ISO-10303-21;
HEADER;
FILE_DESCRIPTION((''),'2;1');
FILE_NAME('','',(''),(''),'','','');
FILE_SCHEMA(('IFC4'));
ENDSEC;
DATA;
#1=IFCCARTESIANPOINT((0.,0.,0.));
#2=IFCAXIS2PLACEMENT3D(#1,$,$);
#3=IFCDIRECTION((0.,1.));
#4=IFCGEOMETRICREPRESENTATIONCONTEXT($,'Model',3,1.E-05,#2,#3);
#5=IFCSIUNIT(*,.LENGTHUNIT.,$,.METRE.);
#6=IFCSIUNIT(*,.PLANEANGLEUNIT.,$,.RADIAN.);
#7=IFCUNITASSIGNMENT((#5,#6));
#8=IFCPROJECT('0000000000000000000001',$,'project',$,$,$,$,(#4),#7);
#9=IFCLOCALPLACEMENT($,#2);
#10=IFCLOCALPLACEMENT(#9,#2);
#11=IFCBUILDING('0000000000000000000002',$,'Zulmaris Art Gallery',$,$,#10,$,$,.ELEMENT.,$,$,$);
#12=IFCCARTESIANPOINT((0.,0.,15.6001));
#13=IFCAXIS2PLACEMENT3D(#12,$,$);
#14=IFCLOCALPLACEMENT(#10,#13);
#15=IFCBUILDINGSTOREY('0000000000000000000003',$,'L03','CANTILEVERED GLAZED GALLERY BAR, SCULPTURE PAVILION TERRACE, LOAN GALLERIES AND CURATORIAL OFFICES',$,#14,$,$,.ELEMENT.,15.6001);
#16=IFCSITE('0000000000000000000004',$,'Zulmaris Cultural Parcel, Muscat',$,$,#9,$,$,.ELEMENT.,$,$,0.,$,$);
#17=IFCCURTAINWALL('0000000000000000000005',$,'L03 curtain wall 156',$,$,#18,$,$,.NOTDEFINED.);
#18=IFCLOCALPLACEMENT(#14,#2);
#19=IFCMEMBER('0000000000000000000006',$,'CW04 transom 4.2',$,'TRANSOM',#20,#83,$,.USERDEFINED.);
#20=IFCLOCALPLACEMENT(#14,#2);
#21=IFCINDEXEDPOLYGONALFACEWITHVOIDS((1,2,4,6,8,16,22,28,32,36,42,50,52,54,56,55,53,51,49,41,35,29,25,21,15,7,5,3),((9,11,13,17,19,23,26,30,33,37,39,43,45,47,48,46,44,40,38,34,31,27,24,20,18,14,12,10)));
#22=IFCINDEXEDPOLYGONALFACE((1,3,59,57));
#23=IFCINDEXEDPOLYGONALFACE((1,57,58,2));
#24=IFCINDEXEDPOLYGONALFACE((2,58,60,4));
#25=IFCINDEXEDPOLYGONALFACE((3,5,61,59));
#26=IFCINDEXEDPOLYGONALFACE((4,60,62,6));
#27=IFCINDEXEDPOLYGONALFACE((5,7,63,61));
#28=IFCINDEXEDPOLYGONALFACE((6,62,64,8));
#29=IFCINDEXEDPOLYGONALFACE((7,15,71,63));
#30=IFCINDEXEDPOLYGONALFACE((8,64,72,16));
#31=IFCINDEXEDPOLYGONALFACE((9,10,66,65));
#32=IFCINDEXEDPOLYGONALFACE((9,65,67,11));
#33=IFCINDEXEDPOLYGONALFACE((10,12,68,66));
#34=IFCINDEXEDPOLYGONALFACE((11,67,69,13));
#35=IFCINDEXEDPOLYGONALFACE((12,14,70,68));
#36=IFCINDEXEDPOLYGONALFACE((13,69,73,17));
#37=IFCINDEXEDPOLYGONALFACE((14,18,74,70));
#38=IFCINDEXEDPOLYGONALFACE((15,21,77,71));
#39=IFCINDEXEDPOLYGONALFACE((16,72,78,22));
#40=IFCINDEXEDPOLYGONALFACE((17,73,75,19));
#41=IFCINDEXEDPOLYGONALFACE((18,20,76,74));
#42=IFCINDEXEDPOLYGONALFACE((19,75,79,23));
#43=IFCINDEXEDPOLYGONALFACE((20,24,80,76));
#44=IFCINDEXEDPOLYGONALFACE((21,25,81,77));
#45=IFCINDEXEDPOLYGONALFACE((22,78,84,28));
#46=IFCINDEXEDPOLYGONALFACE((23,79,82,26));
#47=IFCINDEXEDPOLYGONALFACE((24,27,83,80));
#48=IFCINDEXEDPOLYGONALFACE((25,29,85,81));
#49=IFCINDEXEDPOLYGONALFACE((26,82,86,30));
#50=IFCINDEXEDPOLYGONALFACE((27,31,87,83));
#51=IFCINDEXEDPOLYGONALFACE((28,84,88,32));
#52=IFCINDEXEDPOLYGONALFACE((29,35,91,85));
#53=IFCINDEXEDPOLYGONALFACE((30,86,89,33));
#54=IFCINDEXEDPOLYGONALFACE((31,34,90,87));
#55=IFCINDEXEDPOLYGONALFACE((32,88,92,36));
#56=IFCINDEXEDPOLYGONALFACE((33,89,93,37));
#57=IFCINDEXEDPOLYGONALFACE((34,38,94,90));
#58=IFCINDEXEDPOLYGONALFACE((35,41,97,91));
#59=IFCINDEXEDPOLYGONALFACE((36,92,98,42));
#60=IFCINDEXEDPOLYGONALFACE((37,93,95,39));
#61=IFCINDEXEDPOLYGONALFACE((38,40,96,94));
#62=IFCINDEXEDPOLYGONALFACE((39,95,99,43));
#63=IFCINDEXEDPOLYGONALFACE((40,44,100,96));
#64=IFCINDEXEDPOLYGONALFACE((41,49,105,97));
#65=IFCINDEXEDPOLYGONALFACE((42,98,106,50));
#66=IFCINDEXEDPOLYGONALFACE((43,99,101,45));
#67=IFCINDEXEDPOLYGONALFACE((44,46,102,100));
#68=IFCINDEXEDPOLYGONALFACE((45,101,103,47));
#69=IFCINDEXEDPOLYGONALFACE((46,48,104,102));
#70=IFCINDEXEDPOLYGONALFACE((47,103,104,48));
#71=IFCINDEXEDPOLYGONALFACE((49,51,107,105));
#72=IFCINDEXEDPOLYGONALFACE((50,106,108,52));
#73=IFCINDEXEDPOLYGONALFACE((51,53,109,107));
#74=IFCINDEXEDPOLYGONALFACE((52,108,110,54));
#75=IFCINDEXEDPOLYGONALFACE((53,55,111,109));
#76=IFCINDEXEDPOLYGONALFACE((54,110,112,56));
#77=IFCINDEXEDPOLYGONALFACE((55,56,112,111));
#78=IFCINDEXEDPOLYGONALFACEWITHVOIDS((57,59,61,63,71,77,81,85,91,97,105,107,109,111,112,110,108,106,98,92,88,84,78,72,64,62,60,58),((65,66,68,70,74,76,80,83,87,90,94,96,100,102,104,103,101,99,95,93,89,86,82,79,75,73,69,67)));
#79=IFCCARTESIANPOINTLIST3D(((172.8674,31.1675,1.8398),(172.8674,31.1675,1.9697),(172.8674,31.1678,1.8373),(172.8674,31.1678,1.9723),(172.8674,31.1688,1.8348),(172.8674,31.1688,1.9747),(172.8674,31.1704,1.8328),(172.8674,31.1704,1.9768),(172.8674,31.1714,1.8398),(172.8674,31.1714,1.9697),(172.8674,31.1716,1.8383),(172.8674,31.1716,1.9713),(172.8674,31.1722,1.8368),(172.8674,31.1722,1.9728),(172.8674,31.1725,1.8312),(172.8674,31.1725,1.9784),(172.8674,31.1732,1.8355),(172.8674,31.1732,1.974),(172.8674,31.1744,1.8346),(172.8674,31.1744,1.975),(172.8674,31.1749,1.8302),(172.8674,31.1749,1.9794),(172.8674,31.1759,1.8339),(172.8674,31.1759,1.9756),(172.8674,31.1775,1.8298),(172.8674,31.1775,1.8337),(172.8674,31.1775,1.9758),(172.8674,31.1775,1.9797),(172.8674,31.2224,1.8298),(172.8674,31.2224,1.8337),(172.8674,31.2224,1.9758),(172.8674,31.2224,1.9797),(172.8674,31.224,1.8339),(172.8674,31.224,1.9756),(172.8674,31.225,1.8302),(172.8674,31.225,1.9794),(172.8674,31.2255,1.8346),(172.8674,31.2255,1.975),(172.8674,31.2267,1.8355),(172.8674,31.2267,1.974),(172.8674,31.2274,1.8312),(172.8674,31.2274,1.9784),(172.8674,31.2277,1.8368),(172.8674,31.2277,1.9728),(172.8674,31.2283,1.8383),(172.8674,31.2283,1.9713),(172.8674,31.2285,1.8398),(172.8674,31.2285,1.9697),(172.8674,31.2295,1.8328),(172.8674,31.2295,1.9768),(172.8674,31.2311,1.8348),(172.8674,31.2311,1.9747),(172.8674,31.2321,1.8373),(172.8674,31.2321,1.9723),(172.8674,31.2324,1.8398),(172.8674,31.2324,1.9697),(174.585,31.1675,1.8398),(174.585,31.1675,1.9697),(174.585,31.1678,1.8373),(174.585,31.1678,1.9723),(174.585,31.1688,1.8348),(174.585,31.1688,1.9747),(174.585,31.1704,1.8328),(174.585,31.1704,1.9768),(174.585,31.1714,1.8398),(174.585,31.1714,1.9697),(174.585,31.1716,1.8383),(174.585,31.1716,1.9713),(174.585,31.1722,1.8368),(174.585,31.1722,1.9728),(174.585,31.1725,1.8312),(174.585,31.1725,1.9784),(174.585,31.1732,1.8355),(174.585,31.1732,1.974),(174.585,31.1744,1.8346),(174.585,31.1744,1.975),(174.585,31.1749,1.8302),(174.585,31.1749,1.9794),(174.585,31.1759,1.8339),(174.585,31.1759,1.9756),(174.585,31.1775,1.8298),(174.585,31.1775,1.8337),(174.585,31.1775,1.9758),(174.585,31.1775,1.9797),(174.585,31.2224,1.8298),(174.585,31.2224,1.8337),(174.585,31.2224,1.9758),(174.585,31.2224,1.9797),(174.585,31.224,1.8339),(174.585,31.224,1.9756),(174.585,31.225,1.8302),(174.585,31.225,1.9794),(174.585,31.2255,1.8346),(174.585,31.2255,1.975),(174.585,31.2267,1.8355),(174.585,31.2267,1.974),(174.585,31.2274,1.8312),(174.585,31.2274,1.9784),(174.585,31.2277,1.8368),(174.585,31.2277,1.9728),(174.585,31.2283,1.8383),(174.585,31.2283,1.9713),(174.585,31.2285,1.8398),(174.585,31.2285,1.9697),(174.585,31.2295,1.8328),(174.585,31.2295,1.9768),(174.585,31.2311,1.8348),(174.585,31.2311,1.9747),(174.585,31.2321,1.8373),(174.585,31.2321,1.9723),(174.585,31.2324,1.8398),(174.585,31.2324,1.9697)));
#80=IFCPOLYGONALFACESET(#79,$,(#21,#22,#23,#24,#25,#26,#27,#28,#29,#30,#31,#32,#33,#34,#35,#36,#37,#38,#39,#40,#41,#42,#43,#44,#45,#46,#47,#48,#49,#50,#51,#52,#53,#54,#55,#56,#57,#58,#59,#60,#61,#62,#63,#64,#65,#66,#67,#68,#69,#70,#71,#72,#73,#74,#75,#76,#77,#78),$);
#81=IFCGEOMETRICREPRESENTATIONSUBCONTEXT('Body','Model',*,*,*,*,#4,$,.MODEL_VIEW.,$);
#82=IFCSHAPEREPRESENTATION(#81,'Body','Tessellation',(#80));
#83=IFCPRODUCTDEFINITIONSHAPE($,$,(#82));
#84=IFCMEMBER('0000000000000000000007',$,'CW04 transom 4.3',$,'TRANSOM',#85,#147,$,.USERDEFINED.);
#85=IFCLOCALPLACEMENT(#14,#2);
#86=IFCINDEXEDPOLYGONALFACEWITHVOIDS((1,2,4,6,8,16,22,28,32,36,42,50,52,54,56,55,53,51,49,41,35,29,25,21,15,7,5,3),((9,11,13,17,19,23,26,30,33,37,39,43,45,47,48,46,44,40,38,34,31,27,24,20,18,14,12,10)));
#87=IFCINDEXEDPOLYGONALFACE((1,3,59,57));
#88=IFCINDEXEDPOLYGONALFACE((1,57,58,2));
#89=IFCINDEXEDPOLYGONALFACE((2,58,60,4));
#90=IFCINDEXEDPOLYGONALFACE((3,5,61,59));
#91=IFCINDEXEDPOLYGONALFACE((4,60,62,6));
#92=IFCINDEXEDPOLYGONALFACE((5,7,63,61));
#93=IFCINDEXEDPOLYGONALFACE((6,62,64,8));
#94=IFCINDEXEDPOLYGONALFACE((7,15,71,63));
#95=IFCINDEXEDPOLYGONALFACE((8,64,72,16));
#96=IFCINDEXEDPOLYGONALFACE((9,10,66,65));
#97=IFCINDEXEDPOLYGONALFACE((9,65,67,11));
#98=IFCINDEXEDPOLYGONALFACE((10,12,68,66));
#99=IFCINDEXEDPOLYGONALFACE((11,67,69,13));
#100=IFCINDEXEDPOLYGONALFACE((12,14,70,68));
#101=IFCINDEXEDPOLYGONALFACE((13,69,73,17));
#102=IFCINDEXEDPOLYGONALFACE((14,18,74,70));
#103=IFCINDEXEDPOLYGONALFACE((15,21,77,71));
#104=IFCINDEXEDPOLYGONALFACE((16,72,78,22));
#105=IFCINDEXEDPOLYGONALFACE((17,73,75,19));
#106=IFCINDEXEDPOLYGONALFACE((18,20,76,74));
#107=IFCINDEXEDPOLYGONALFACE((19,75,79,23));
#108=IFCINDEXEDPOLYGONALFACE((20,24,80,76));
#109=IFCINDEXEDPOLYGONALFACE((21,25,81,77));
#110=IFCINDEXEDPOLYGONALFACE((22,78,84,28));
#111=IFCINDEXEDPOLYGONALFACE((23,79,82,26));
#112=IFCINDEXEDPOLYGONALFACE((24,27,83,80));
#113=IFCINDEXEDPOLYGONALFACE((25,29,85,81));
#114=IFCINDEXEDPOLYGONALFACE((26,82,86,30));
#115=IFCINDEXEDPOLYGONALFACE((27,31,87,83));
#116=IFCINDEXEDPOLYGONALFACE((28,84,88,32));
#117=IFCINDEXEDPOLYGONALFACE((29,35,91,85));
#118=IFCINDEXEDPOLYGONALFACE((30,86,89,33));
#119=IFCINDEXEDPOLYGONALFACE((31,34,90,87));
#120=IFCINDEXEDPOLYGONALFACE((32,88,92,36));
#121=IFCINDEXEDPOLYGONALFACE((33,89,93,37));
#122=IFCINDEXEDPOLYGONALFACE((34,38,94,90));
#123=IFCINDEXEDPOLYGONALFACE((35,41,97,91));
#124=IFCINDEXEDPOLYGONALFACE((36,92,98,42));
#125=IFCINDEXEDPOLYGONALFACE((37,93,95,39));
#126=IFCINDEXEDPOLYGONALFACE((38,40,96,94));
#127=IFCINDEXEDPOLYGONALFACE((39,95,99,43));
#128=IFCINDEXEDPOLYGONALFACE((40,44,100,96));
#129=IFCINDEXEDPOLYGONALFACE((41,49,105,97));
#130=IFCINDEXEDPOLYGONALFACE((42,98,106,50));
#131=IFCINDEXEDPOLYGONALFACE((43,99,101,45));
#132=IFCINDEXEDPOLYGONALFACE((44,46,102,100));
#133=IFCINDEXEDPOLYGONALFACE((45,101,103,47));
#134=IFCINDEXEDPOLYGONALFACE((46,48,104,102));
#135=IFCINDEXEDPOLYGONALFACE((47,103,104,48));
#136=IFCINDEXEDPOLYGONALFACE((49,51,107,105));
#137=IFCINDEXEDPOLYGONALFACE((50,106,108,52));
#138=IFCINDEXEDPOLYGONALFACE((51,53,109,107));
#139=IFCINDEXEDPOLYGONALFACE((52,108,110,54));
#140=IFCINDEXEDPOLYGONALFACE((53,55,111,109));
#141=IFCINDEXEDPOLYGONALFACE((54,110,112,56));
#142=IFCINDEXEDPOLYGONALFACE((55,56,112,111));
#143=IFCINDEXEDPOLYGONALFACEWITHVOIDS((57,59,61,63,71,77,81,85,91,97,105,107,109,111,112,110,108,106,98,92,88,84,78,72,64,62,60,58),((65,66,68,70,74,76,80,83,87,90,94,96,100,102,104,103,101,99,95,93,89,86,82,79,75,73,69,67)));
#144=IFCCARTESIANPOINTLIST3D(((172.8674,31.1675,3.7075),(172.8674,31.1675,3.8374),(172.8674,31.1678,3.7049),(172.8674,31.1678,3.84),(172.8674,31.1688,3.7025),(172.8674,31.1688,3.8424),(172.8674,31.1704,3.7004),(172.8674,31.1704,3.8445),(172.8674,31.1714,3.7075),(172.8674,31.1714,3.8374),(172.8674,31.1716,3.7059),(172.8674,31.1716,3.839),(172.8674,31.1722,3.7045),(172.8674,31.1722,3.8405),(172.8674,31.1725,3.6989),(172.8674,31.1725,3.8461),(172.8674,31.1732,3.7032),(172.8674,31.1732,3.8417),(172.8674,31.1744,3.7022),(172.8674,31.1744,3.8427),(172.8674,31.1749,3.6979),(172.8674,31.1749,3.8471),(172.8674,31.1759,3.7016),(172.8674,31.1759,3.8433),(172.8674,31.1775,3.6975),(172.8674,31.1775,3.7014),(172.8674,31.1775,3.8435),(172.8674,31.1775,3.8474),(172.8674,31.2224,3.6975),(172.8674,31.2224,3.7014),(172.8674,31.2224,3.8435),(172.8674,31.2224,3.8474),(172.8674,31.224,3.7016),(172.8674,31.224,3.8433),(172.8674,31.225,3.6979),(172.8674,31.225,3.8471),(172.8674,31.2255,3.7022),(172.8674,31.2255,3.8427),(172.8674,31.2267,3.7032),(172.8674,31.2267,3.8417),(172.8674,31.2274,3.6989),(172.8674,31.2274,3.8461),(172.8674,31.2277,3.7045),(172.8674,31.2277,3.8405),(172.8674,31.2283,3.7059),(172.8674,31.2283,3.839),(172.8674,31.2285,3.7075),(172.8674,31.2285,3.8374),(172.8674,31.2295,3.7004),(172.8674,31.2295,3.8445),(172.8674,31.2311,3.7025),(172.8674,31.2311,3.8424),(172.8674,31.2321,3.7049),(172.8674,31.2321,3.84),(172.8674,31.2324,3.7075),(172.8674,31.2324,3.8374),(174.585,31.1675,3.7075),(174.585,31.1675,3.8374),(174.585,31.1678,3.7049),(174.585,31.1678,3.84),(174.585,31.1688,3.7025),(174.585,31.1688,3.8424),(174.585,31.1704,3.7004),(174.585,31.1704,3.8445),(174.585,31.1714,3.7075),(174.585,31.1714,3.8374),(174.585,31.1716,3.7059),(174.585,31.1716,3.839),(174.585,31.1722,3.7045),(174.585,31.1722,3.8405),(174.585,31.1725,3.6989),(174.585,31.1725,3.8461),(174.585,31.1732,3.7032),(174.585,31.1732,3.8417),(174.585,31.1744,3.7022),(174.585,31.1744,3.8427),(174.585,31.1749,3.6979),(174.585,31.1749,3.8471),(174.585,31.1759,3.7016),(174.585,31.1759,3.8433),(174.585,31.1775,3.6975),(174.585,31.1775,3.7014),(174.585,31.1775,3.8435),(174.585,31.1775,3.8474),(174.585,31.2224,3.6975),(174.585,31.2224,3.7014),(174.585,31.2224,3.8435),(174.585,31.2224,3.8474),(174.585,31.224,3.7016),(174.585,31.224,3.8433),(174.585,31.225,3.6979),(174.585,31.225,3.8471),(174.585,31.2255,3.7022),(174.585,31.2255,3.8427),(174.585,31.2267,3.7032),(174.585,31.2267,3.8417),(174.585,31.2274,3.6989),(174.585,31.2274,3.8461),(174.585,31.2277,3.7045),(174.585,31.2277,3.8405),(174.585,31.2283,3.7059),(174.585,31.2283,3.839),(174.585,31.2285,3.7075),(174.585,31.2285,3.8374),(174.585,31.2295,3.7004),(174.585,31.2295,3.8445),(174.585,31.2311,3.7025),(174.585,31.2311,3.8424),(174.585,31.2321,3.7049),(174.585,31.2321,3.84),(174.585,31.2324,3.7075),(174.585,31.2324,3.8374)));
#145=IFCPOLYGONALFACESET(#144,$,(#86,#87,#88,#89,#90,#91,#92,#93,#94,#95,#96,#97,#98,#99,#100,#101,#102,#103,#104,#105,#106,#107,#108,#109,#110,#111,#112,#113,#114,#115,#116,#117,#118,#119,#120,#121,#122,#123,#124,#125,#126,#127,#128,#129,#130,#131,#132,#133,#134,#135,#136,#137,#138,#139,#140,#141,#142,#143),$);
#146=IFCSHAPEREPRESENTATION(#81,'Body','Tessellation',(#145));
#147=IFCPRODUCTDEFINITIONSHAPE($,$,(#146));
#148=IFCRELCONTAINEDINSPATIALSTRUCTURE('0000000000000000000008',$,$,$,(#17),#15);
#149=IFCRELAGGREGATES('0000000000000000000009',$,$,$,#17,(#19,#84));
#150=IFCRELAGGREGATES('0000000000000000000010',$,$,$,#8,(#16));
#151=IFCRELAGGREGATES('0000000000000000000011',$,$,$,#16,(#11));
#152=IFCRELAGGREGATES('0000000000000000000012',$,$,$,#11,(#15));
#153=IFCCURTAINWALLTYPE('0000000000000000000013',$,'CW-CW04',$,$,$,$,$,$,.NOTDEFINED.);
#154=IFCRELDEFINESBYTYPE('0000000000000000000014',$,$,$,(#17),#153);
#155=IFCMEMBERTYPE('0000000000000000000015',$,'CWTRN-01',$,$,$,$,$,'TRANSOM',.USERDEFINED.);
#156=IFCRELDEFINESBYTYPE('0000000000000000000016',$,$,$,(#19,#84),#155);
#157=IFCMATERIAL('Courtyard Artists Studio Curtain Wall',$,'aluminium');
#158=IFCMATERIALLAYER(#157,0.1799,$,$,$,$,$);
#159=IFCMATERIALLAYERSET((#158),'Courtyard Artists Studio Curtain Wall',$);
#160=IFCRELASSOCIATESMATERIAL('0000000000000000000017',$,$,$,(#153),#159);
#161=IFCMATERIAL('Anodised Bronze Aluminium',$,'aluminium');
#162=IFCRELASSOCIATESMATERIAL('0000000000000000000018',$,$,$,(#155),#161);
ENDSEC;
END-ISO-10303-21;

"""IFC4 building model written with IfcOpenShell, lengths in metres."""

from ifc_helpers import new_model, si_unit, direction, frame, origin, origin_2d, place, context, subcontext, project, spatial, hollow_rectangle, extrude, material, layer, layer_set, material_profile, profile_set, type_object, element, aggregate, save


model = new_model("IFC4")

# Units and contexts
model_context = context("Model", 3, precision=1e-05, world=origin(), true_north=direction((0.0, 1.0)))
body_context = subcontext(model_context, "Body", "Model", "MODEL_VIEW")
ifc_project = project(units=[si_unit("LENGTHUNIT", "METRE"), si_unit("PLANEANGLEUNIT", "RADIAN")], contexts=[model_context])

# Site, building, storey
site_placement = place(None, origin())
site = spatial("IfcSite", under=ifc_project, at=site_placement, Name="Zulmaris Cultural Parcel, Muscat", CompositionType="ELEMENT", RefElevation=0.0)
building_placement = place(site_placement, origin())
building = spatial("IfcBuilding", under=site, at=building_placement, Name="Zulmaris Art Gallery", CompositionType="ELEMENT")
storey_placement = place(building_placement, frame((0.0, 0.0, 15.6001)))
storey = spatial("IfcBuildingStorey", under=building, at=storey_placement, Name="L03", Description="CANTILEVERED GLAZED GALLERY BAR, SCULPTURE PAVILION TERRACE, LOAN GALLERIES AND CURATORIAL OFFICES", CompositionType="ELEMENT", Elevation=15.6001)

# Shared definitions
ifc_material_1 = material(Name="Courtyard Artists Studio Curtain Wall", Category="aluminium")
ifc_layer_1 = layer(ifc_material_1, 0.1799)
ifc_layer_set_1 = layer_set([ifc_layer_1], Name="Courtyard Artists Studio Curtain Wall")
curtain_wall_type = type_object("IfcCurtainWallType", Name="CW-CW04", PredefinedType="NOTDEFINED", material=ifc_layer_set_1)
ifc_material_2 = material(Name="Anodised Bronze Aluminium", Category="aluminium")

# Curtain wall
curtain_wall_1_placement = place(storey_placement, origin())
curtain_wall_1 = element("IfcCurtainWall", 1, at=curtain_wall_1_placement, inside=storey, type_object=curtain_wall_type, Name="L03 curtain wall 156", PredefinedType="NOTDEFINED")

# Members
ifc_material_profile_1 = material_profile(ifc_material_2, hollow_rectangle(XDim=0.0649, YDim=0.1499, WallThickness=0.0039, InnerFilletRadius=0.0061, OuterFilletRadius=0.01, at=origin_2d()), Name="ALU 65x150x4")
ifc_profile_set_1 = profile_set([ifc_material_profile_1], Name="Anodised Bronze Aluminium")
member_type_1 = type_object("IfcMemberType", Name="CWTRN-01", ElementType="TRANSOM", PredefinedType="USERDEFINED", material=ifc_profile_set_1)
member_1_placement = place(storey_placement, frame((172.8674, 31.2, 1.9048), z_axis=(1.0, 0.0, 0.0), x_axis=(0.0, 1.0, 0.0)))
member_1 = element("IfcMember", 2, at=member_1_placement, type_object=member_type_1, Name="CW04 transom 4.2", ObjectType="TRANSOM", PredefinedType="USERDEFINED", context=body_context, shape_type="SweptSolid", body=[
    extrude(hollow_rectangle(XDim=0.0649, YDim=0.1499, WallThickness=0.0039, InnerFilletRadius=0.0061, OuterFilletRadius=0.01, at=origin_2d()), origin(), (0.0, 0.0, 1.0), 1.7175),
])
member_2_placement = place(storey_placement, frame((172.8674, 31.2, 3.7725), z_axis=(1.0, 0.0, 0.0), x_axis=(0.0, 1.0, 0.0)))
member_2 = element("IfcMember", 3, at=member_2_placement, type_object=member_type_1, Name="CW04 transom 4.3", ObjectType="TRANSOM", PredefinedType="USERDEFINED", context=body_context, shape_type="SweptSolid", body=[
    extrude(hollow_rectangle(XDim=0.0649, YDim=0.1499, WallThickness=0.0039, InnerFilletRadius=0.0061, OuterFilletRadius=0.01, at=origin_2d()), origin(), (0.0, 0.0, 1.0), 1.7175),
])

aggregate(curtain_wall_1, [member_1, member_2])

save(model, "model.ifc")
